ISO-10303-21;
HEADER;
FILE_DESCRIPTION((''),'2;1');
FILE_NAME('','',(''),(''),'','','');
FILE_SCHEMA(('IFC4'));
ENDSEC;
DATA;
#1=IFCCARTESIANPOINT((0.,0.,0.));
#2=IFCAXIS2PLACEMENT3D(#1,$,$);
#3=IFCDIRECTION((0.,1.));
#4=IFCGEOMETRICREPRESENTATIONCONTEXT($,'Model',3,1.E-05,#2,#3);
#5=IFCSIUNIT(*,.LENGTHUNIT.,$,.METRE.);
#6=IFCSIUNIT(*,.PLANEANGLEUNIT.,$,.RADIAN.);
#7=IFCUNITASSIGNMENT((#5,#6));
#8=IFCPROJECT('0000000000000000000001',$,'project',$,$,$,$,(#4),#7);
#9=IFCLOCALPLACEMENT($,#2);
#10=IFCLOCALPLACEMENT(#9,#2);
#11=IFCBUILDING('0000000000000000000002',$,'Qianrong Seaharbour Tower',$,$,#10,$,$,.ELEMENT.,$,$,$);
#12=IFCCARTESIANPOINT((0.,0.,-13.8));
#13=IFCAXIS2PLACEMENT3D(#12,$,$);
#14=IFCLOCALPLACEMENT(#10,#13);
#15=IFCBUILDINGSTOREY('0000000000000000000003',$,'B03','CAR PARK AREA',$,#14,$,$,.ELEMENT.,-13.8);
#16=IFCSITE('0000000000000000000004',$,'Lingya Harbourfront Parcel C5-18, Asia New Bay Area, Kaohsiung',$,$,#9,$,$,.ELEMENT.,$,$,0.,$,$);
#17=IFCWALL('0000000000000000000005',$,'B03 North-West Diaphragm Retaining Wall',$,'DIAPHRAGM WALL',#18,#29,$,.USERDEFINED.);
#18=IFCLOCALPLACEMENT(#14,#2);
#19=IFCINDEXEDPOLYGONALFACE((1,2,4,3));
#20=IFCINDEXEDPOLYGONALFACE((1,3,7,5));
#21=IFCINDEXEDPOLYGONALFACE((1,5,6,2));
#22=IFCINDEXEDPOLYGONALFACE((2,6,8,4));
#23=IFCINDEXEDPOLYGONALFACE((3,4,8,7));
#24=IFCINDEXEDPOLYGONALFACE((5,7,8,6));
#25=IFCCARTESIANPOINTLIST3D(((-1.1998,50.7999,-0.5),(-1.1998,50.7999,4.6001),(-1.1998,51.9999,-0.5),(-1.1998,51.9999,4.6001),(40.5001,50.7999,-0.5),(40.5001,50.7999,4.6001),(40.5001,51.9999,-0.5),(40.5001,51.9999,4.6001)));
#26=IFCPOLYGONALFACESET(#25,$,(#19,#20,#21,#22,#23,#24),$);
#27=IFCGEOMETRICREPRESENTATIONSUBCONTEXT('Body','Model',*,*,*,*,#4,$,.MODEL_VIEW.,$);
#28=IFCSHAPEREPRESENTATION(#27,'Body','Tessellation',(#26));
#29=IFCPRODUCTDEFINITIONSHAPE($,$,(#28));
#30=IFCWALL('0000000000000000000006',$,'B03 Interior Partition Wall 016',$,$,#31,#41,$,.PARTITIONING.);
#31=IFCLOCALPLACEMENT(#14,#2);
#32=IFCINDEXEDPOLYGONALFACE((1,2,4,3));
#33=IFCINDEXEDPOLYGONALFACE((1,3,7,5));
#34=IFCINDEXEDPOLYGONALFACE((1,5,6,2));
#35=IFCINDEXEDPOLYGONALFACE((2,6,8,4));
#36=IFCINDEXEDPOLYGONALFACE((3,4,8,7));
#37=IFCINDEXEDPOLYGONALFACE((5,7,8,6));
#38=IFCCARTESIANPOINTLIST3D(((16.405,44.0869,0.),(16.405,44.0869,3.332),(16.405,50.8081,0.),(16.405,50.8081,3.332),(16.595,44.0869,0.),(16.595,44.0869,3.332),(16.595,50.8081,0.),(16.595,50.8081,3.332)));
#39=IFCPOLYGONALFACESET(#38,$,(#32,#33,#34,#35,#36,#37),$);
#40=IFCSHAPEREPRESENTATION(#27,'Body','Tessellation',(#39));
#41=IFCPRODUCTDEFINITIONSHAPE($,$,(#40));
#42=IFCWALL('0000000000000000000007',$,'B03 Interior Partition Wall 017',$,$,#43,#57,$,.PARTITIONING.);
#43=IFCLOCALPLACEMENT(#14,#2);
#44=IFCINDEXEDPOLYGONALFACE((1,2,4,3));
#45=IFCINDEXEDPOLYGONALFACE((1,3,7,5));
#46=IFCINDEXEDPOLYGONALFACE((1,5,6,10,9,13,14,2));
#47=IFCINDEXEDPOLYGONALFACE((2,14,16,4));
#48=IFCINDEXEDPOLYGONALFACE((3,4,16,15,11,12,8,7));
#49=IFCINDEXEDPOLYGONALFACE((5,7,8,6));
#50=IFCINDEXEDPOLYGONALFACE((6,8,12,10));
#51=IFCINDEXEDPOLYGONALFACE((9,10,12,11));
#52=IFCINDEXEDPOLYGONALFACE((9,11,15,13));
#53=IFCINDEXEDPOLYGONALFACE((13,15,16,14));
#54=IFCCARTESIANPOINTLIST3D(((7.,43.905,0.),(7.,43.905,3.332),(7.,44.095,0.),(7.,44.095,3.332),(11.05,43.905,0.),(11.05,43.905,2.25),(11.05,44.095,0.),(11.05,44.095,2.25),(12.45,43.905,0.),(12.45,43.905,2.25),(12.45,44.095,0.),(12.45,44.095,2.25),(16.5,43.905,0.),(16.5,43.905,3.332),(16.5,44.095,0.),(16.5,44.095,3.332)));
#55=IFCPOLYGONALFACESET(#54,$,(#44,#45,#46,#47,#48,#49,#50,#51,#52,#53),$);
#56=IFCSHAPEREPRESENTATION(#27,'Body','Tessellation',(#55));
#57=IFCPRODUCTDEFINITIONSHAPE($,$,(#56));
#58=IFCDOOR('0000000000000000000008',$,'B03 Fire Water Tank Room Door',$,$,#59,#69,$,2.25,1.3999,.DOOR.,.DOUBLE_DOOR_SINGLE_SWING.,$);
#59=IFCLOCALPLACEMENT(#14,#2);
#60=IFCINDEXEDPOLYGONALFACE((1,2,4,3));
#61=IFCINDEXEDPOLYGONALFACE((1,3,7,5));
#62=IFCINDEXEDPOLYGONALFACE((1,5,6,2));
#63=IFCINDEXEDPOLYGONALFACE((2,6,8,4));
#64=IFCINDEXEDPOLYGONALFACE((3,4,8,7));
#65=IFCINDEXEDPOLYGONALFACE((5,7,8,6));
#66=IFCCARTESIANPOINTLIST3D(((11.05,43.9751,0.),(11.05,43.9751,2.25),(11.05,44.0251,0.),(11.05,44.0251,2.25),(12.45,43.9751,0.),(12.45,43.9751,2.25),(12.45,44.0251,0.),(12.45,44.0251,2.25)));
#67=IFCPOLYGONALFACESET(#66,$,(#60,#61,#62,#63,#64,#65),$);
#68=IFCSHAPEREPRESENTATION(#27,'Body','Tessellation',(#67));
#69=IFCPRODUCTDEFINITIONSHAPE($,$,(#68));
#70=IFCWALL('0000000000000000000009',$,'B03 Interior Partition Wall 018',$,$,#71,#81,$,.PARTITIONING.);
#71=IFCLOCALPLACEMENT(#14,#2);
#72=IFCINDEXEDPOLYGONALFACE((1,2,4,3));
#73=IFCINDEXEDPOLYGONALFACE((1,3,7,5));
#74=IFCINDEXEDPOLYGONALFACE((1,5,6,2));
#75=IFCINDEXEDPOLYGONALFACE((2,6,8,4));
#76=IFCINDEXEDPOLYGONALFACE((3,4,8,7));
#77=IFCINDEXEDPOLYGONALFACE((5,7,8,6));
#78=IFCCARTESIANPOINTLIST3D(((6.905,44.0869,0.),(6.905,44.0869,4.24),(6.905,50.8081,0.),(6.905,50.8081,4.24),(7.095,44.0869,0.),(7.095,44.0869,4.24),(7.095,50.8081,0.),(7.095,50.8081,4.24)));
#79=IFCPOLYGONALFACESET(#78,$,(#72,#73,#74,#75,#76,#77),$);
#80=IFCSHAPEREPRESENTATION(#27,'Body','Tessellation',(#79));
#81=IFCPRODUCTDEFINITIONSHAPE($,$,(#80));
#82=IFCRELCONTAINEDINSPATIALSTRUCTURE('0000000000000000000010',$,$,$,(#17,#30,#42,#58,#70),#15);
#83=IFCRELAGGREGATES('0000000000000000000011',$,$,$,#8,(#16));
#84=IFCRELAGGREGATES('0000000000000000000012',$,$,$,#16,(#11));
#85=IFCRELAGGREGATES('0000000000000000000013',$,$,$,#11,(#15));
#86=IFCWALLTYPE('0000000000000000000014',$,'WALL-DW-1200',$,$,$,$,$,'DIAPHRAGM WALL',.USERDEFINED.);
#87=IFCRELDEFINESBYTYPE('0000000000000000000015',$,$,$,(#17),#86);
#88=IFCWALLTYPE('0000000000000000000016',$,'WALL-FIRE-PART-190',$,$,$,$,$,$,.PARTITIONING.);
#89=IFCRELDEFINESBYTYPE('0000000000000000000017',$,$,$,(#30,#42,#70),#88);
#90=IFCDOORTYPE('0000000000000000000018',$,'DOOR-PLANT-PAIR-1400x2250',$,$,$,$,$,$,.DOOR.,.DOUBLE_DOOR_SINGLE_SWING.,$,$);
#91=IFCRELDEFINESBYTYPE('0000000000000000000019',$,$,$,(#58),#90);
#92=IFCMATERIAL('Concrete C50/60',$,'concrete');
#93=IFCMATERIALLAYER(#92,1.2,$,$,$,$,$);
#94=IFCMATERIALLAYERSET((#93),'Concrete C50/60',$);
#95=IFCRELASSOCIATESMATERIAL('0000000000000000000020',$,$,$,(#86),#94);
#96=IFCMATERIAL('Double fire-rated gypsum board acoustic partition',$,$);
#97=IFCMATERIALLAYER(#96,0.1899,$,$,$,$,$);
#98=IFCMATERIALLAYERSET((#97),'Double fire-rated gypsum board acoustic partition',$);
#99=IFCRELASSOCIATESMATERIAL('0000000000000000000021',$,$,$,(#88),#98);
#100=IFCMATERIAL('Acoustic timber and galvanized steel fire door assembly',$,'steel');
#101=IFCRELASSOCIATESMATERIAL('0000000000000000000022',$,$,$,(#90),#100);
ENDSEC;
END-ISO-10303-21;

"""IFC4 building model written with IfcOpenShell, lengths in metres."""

from ifc_helpers import new_model, si_unit, direction, frame, frame_2d, origin, place, context, subcontext, project, spatial, rectangle, extrude, material, layer, layer_set, type_object, element, fill, save


model = new_model("IFC4")

# Units and contexts
model_context = context("Model", 3, precision=1e-05, world=origin(), true_north=direction((0.0, 1.0)))
body_context = subcontext(model_context, "Body", "Model", "MODEL_VIEW")
ifc_project = project(units=[si_unit("LENGTHUNIT", "METRE"), si_unit("PLANEANGLEUNIT", "RADIAN")], contexts=[model_context])

# Site, building, storey
site_placement = place(None, origin())
site = spatial("IfcSite", under=ifc_project, at=site_placement, Name="Lingya Harbourfront Parcel C5-18, Asia New Bay Area, Kaohsiung", CompositionType="ELEMENT", RefElevation=0.0)
building_placement = place(site_placement, origin())
building = spatial("IfcBuilding", under=site, at=building_placement, Name="Qianrong Seaharbour Tower", CompositionType="ELEMENT")
storey_placement = place(building_placement, frame((0.0, 0.0, -13.8)))
storey = spatial("IfcBuildingStorey", under=building, at=storey_placement, Name="B03", Description="CAR PARK AREA", CompositionType="ELEMENT", Elevation=-13.8)

# Shared definitions
ifc_material_1 = material(Name="Concrete C50/60", Category="concrete")

# Walls
ifc_layer_1 = layer(ifc_material_1, 1.2)
ifc_layer_set_1 = layer_set([ifc_layer_1], Name="Concrete C50/60")
wall_type_1 = type_object("IfcWallType", Name="WALL-DW-1200", ElementType="DIAPHRAGM WALL", PredefinedType="USERDEFINED", material=ifc_layer_set_1)
wall_1_placement = place(storey_placement, frame((-1.2, 51.3999, -0.5), z_axis=(0.0, 0.0, 1.0), x_axis=(1.0, 0.0, 0.0)))
element("IfcWall", 1, at=wall_1_placement, inside=storey, type_object=wall_type_1, Name="B03 North-West Diaphragm Retaining Wall", ObjectType="DIAPHRAGM WALL", PredefinedType="USERDEFINED", context=body_context, shape_type="SweptSolid", body=[
    extrude(rectangle(XDim=41.7, YDim=1.2, at=frame_2d((20.8501, 0.0))), origin(), (0.0, 0.0, 1.0), 5.1001),
])
ifc_material_2 = material(Name="Double fire-rated gypsum board acoustic partition")
ifc_layer_2 = layer(ifc_material_2, 0.1899)
ifc_layer_set_2 = layer_set([ifc_layer_2], Name="Double fire-rated gypsum board acoustic partition")
wall_type_2 = type_object("IfcWallType", Name="WALL-FIRE-PART-190", PredefinedType="PARTITIONING", material=ifc_layer_set_2)
wall_2_placement = place(storey_placement, frame((16.5, 50.8081, 0.0), z_axis=(0.0, 0.0, 1.0), x_axis=(0.0, -1.0, 0.0)))
element("IfcWall", 2, at=wall_2_placement, inside=storey, type_object=wall_type_2, Name="B03 Interior Partition Wall 016", PredefinedType="PARTITIONING", context=body_context, shape_type="SweptSolid", body=[
    extrude(rectangle(XDim=6.7212, YDim=0.1899, at=frame_2d((3.3606, 0.0))), origin(), (0.0, 0.0, 1.0), 3.332),
])

# Wall, opening, door
wall_3_placement = place(storey_placement, frame((16.5, 44.0, 0.0), z_axis=(0.0, 0.0, 1.0), x_axis=(-1.0, 0.0, 0.0)))
wall_3 = element("IfcWall", 3, at=wall_3_placement, inside=storey, type_object=wall_type_2, Name="B03 Interior Partition Wall 017", PredefinedType="PARTITIONING", context=body_context, shape_type="SweptSolid", body=[
    extrude(rectangle(XDim=9.5, YDim=0.1899, at=frame_2d((4.75, 0.0))), origin(), (0.0, 0.0, 1.0), 3.332),
])
opening_placement = place(wall_3_placement, frame((4.05, 0.0, 0.0)))
opening = element("IfcOpeningElement", 4, at=opening_placement, cuts=wall_3, PredefinedType="OPENING", context=body_context, shape_type="SweptSolid", body=[
    extrude(rectangle(XDim=1.3999, YDim=2.25, at=frame_2d((0.7, 1.125))), frame((0.0, 0.105, 0.0), z_axis=(0.0, -1.0, 0.0), x_axis=(1.0, 0.0, 0.0)), (0.0, 0.0, 1.0), 0.21),
])
ifc_material_3 = material(Name="Acoustic timber and galvanized steel fire door assembly", Category="steel")
door_type = type_object("IfcDoorType", Name="DOOR-PLANT-PAIR-1400x2250", OperationType="DOUBLE_DOOR_SINGLE_SWING", PredefinedType="DOOR", material=ifc_material_3)
door_placement = place(opening_placement, origin())
door = element("IfcDoor", 5, at=door_placement, inside=storey, type_object=door_type, Name="B03 Fire Water Tank Room Door", OperationType="DOUBLE_DOOR_SINGLE_SWING", OverallHeight=2.25, OverallWidth=1.3999, PredefinedType="DOOR", context=body_context, shape_type="SweptSolid", body=[
    extrude(rectangle(XDim=1.3999, YDim=2.25, at=frame_2d((0.7, 1.125))), frame((0.0, 0.0249, 0.0), z_axis=(0.0, -1.0, 0.0), x_axis=(1.0, 0.0, 0.0)), (0.0, 0.0, 1.0), 0.05),
])
fill(opening, door)

# Wall
wall_4_placement = place(storey_placement, frame((7.0, 44.0869, 0.0), z_axis=(0.0, 0.0, 1.0), x_axis=(0.0, 1.0, 0.0)))
element("IfcWall", 6, at=wall_4_placement, inside=storey, type_object=wall_type_2, Name="B03 Interior Partition Wall 018", PredefinedType="PARTITIONING", context=body_context, shape_type="SweptSolid", body=[
    extrude(rectangle(XDim=6.7212, YDim=0.1899, at=frame_2d((3.3606, 0.0))), origin(), (0.0, 0.0, 1.0), 4.24),
])

save(model, "model.ifc")
